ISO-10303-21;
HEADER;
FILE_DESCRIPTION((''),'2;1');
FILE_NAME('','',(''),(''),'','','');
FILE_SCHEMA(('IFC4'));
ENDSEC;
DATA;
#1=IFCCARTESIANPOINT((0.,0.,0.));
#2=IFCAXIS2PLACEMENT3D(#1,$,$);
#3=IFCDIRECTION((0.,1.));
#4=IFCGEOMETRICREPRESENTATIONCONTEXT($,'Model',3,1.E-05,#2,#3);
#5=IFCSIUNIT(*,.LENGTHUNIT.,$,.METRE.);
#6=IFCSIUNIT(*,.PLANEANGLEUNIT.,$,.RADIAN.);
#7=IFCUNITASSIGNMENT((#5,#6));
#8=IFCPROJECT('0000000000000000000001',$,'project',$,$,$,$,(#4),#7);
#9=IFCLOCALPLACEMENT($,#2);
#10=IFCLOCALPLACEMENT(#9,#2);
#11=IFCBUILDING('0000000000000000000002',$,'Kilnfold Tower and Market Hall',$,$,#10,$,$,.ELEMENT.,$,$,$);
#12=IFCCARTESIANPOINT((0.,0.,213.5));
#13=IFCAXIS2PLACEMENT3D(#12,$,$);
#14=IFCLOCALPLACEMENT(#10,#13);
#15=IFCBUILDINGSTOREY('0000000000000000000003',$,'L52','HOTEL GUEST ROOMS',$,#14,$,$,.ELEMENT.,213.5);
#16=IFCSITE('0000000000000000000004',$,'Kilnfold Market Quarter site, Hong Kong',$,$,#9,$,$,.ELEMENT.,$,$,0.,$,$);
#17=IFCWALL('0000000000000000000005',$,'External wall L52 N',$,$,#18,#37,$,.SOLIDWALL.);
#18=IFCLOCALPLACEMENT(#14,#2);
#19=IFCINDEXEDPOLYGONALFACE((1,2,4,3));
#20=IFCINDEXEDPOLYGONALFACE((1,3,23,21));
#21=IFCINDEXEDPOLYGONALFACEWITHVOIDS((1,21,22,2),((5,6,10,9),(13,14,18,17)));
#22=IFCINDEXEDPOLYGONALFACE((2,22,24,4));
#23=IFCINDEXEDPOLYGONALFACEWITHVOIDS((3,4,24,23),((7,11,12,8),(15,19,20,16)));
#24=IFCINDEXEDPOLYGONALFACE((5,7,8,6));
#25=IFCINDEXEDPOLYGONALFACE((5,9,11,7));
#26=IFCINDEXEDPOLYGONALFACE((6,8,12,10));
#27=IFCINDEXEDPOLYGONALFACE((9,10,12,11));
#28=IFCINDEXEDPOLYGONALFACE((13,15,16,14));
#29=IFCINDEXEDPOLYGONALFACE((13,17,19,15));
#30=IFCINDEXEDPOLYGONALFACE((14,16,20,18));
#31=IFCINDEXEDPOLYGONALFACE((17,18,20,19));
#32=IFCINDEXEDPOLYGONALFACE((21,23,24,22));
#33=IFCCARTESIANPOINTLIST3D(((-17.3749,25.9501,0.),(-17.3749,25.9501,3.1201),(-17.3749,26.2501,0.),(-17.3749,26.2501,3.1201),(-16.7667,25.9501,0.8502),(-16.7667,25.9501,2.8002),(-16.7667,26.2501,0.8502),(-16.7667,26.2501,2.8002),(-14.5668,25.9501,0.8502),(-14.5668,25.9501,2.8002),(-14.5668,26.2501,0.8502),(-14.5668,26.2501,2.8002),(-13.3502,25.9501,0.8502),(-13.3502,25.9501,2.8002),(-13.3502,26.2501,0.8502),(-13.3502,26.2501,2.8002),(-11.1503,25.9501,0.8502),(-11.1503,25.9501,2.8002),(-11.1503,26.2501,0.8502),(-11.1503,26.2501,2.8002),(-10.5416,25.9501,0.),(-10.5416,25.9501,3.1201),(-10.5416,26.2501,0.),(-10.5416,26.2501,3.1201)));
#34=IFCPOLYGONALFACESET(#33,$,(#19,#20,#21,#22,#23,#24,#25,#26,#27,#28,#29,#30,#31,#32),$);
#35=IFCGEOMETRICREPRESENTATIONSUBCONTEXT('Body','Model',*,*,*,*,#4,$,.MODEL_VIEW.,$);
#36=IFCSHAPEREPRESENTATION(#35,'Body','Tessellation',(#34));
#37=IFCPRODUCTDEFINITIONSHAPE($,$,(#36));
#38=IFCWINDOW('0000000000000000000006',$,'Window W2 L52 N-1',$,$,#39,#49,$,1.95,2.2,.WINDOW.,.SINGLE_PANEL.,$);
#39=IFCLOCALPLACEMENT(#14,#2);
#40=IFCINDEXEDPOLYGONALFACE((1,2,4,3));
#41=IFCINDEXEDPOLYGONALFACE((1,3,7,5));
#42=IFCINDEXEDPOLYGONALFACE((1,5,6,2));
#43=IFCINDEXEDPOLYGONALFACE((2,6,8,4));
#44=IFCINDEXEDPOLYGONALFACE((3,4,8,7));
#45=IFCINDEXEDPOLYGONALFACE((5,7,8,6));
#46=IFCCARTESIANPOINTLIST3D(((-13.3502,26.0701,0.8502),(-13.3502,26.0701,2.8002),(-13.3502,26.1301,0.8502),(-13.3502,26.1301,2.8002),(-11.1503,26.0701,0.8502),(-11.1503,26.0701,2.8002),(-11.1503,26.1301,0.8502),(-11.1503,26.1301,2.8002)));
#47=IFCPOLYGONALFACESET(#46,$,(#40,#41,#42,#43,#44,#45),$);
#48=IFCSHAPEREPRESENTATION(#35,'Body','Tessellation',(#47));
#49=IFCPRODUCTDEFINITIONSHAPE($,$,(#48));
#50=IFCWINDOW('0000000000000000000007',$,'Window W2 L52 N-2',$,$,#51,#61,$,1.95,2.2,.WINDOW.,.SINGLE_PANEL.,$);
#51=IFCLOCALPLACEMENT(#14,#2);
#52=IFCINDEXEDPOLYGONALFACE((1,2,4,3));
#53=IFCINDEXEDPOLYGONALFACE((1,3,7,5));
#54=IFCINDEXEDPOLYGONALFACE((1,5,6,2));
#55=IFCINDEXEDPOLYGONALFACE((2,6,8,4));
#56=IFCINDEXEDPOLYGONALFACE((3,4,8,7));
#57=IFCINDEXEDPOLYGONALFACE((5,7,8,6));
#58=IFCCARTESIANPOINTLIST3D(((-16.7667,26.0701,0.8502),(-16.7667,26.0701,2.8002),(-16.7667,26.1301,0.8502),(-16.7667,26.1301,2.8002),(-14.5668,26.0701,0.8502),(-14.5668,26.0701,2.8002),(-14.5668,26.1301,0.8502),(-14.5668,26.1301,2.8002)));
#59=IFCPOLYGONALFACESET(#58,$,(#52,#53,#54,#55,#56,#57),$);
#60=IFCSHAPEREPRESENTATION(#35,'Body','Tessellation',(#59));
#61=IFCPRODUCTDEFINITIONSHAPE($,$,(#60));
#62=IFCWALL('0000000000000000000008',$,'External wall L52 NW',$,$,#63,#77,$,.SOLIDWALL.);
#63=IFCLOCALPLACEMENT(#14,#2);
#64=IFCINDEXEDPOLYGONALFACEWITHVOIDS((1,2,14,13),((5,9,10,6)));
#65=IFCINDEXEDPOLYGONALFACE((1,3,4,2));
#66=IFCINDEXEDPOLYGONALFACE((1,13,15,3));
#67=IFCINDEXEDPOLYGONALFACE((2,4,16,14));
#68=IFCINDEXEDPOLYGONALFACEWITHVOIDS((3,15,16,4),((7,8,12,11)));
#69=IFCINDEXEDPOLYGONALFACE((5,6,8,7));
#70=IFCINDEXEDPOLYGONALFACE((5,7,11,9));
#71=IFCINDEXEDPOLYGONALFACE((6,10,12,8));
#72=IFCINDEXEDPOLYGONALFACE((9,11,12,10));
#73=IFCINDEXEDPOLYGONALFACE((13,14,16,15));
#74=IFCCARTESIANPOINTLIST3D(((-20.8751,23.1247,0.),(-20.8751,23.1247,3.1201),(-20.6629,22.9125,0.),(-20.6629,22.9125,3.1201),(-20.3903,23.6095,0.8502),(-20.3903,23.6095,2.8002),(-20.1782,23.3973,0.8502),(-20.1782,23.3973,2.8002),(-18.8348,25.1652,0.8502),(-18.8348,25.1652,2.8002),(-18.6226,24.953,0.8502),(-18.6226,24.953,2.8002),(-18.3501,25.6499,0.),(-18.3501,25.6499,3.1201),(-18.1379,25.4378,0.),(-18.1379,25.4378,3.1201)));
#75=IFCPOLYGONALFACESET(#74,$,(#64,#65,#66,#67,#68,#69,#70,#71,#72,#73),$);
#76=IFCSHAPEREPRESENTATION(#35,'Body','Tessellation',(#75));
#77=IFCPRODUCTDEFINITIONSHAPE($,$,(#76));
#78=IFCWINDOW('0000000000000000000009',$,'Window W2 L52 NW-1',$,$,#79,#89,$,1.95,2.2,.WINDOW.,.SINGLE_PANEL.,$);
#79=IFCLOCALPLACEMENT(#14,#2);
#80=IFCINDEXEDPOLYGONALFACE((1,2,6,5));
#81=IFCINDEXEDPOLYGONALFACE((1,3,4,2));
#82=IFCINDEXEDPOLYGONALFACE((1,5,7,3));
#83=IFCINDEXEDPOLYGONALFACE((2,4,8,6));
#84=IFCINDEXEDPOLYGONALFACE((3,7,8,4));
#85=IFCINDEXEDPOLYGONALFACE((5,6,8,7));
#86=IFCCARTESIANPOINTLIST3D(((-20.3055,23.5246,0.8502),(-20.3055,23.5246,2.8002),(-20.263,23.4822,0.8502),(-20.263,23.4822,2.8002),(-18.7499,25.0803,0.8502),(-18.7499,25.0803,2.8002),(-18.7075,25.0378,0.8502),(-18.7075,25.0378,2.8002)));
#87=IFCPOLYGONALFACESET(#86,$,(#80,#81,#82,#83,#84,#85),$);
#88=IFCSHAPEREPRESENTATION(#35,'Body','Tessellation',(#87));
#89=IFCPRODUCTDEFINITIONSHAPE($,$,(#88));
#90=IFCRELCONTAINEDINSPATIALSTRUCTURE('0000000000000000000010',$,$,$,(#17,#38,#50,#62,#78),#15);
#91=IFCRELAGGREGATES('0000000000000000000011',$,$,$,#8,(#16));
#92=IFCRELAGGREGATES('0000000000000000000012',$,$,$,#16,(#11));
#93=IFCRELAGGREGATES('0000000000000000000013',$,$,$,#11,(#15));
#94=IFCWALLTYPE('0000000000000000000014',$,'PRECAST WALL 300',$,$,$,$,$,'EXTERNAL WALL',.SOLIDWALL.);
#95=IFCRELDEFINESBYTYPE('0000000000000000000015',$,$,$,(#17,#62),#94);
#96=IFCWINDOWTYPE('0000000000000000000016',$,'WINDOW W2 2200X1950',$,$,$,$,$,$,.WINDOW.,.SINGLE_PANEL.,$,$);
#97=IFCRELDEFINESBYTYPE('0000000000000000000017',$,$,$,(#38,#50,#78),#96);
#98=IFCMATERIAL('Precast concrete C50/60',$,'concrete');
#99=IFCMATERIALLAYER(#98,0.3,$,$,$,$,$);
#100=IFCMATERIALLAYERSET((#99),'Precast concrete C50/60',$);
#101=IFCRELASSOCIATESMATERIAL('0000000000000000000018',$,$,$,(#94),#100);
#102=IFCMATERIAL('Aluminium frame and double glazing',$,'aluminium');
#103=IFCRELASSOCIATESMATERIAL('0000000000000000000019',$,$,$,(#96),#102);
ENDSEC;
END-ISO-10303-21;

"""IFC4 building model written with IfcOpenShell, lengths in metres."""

from ifc_helpers import new_model, si_unit, direction, frame, frame_2d, origin, place, context, subcontext, project, spatial, rectangle, extrude, source, transform, mapped, material, layer, layer_set, type_object, element, fill, save


model = new_model("IFC4")

# Units and contexts
model_context = context("Model", 3, precision=1e-05, world=origin(), true_north=direction((0.0, 1.0)))
body_context = subcontext(model_context, "Body", "Model", "MODEL_VIEW")
ifc_project = project(units=[si_unit("LENGTHUNIT", "METRE"), si_unit("PLANEANGLEUNIT", "RADIAN")], contexts=[model_context])

# Site, building, storey
site_placement = place(None, origin())
site = spatial("IfcSite", under=ifc_project, at=site_placement, Name="Kilnfold Market Quarter site, Hong Kong", CompositionType="ELEMENT", RefElevation=0.0)
building_placement = place(site_placement, origin())
building = spatial("IfcBuilding", under=site, at=building_placement, Name="Kilnfold Tower and Market Hall", CompositionType="ELEMENT")
storey_placement = place(building_placement, frame((0.0, 0.0, 213.5)))
storey = spatial("IfcBuildingStorey", under=building, at=storey_placement, Name="L52", Description="HOTEL GUEST ROOMS", CompositionType="ELEMENT", Elevation=213.5)

# Wall, openings, windows
ifc_material_1 = material(Name="Precast concrete C50/60", Category="concrete")
ifc_layer_1 = layer(ifc_material_1, 0.3)
ifc_layer_set_1 = layer_set([ifc_layer_1], Name="Precast concrete C50/60")
wall_type_1 = type_object("IfcWallType", Name="PRECAST WALL 300", ElementType="EXTERNAL WALL", PredefinedType="SOLIDWALL", material=ifc_layer_set_1)
shared_shape_1 = source(origin(), body_context, "Body", "SweptSolid", [
    extrude(rectangle(XDim=6.8333, YDim=0.3, at=frame_2d((3.4165, 0.0))), origin(), (0.0, 0.0, 1.0), 3.1201),
])
wall_1_placement = place(storey_placement, frame((-10.5417, 26.1001, 0.0), z_axis=(0.0, 0.0, 1.0), x_axis=(-1.0, 0.0, 0.0)))
wall_1 = element("IfcWall", 1, at=wall_1_placement, inside=storey, type_object=wall_type_1, Name="External wall L52 N", PredefinedType="SOLIDWALL", context=body_context, shape_type="MappedRepresentation", body=[
    mapped(shared_shape_1, transform((0.0, 0.0, 0.0))),
])
opening_1_placement = place(wall_1_placement, frame((0.6084, 0.0, 0.8501)))
opening_1 = element("IfcOpeningElement", 2, at=opening_1_placement, cuts=wall_1, PredefinedType="OPENING", context=body_context, shape_type="SweptSolid", body=[
    extrude(rectangle(XDim=2.2, YDim=1.95, at=frame_2d((1.1001, 0.9751))), frame((0.0, 0.1602, 0.0), z_axis=(0.0, -1.0, 0.0), x_axis=(1.0, 0.0, 0.0)), (0.0, 0.0, 1.0), 0.3201),
])
opening_2_placement = place(wall_1_placement, frame((4.0249, 0.0, 0.8501)))
opening_2 = element("IfcOpeningElement", 3, at=opening_2_placement, cuts=wall_1, PredefinedType="OPENING", context=body_context, shape_type="SweptSolid", body=[
    extrude(rectangle(XDim=2.2, YDim=1.95, at=frame_2d((1.1001, 0.9751))), frame((0.0, 0.1602, 0.0), z_axis=(0.0, -1.0, 0.0), x_axis=(1.0, 0.0, 0.0)), (0.0, 0.0, 1.0), 0.3201),
])
ifc_material_2 = material(Name="Aluminium frame and double glazing", Category="aluminium")
window_type = type_object("IfcWindowType", Name="WINDOW W2 2200X1950", PartitioningType="SINGLE_PANEL", PredefinedType="WINDOW", material=ifc_material_2)
window_1_placement = place(opening_1_placement, origin())
window_1 = element("IfcWindow", 4, at=window_1_placement, inside=storey, type_object=window_type, Name="Window W2 L52 N-1", OverallHeight=1.95, OverallWidth=2.2, PartitioningType="SINGLE_PANEL", PredefinedType="WINDOW", context=body_context, shape_type="SweptSolid", body=[
    extrude(rectangle(XDim=2.2, YDim=1.95, at=frame_2d((1.1001, 0.9751))), frame((0.0, 0.03, 0.0), z_axis=(0.0, -1.0, 0.0), x_axis=(1.0, 0.0, 0.0)), (0.0, 0.0, 1.0), 0.0601),
])
fill(opening_1, window_1)
window_2_placement = place(opening_2_placement, origin())
window_2 = element("IfcWindow", 5, at=window_2_placement, inside=storey, type_object=window_type, Name="Window W2 L52 N-2", OverallHeight=1.95, OverallWidth=2.2, PartitioningType="SINGLE_PANEL", PredefinedType="WINDOW", context=body_context, shape_type="SweptSolid", body=[
    extrude(rectangle(XDim=2.2, YDim=1.95, at=frame_2d((1.1001, 0.9751))), frame((0.0, 0.03, 0.0), z_axis=(0.0, -1.0, 0.0), x_axis=(1.0, 0.0, 0.0)), (0.0, 0.0, 1.0), 0.0601),
])
fill(opening_2, window_2)

# Wall, opening, window
shared_shape_2 = source(origin(), body_context, "Body", "SweptSolid", [
    extrude(rectangle(XDim=3.571, YDim=0.3, at=frame_2d((1.7856, 0.0))), origin(), (0.0, 0.0, 1.0), 3.1201),
])
wall_2_placement = place(storey_placement, frame((-18.2439, 25.5439, 0.0), z_axis=(0.0, 0.0, 1.0), x_axis=(-0.707073, -0.707141, 0.0)))
wall_2 = element("IfcWall", 6, at=wall_2_placement, inside=storey, type_object=wall_type_1, Name="External wall L52 NW", PredefinedType="SOLIDWALL", context=body_context, shape_type="MappedRepresentation", body=[
    mapped(shared_shape_2, transform((0.0, 0.0, 0.0))),
])
opening_3_placement = place(wall_2_placement, frame((0.6855, 0.0, 0.8501)))
opening_3 = element("IfcOpeningElement", 7, at=opening_3_placement, cuts=wall_2, PredefinedType="OPENING", context=body_context, shape_type="SweptSolid", body=[
    extrude(rectangle(XDim=2.2, YDim=1.95, at=frame_2d((1.1001, 0.9751))), frame((0.0, 0.1602, 0.0), z_axis=(0.0, -1.0, 0.0), x_axis=(1.0, 0.0, 0.0)), (0.0, 0.0, 1.0), 0.3201),
])
window_3_placement = place(opening_3_placement, origin())
window_3 = element("IfcWindow", 8, at=window_3_placement, inside=storey, type_object=window_type, Name="Window W2 L52 NW-1", OverallHeight=1.95, OverallWidth=2.2, PartitioningType="SINGLE_PANEL", PredefinedType="WINDOW", context=body_context, shape_type="SweptSolid", body=[
    extrude(rectangle(XDim=2.2, YDim=1.95, at=frame_2d((1.1001, 0.9751))), frame((0.0, 0.03, 0.0), z_axis=(0.0, -1.0, 0.0), x_axis=(1.0, 0.0, 0.0)), (0.0, 0.0, 1.0), 0.0601),
])
fill(opening_3, window_3)

save(model, "model.ifc")
